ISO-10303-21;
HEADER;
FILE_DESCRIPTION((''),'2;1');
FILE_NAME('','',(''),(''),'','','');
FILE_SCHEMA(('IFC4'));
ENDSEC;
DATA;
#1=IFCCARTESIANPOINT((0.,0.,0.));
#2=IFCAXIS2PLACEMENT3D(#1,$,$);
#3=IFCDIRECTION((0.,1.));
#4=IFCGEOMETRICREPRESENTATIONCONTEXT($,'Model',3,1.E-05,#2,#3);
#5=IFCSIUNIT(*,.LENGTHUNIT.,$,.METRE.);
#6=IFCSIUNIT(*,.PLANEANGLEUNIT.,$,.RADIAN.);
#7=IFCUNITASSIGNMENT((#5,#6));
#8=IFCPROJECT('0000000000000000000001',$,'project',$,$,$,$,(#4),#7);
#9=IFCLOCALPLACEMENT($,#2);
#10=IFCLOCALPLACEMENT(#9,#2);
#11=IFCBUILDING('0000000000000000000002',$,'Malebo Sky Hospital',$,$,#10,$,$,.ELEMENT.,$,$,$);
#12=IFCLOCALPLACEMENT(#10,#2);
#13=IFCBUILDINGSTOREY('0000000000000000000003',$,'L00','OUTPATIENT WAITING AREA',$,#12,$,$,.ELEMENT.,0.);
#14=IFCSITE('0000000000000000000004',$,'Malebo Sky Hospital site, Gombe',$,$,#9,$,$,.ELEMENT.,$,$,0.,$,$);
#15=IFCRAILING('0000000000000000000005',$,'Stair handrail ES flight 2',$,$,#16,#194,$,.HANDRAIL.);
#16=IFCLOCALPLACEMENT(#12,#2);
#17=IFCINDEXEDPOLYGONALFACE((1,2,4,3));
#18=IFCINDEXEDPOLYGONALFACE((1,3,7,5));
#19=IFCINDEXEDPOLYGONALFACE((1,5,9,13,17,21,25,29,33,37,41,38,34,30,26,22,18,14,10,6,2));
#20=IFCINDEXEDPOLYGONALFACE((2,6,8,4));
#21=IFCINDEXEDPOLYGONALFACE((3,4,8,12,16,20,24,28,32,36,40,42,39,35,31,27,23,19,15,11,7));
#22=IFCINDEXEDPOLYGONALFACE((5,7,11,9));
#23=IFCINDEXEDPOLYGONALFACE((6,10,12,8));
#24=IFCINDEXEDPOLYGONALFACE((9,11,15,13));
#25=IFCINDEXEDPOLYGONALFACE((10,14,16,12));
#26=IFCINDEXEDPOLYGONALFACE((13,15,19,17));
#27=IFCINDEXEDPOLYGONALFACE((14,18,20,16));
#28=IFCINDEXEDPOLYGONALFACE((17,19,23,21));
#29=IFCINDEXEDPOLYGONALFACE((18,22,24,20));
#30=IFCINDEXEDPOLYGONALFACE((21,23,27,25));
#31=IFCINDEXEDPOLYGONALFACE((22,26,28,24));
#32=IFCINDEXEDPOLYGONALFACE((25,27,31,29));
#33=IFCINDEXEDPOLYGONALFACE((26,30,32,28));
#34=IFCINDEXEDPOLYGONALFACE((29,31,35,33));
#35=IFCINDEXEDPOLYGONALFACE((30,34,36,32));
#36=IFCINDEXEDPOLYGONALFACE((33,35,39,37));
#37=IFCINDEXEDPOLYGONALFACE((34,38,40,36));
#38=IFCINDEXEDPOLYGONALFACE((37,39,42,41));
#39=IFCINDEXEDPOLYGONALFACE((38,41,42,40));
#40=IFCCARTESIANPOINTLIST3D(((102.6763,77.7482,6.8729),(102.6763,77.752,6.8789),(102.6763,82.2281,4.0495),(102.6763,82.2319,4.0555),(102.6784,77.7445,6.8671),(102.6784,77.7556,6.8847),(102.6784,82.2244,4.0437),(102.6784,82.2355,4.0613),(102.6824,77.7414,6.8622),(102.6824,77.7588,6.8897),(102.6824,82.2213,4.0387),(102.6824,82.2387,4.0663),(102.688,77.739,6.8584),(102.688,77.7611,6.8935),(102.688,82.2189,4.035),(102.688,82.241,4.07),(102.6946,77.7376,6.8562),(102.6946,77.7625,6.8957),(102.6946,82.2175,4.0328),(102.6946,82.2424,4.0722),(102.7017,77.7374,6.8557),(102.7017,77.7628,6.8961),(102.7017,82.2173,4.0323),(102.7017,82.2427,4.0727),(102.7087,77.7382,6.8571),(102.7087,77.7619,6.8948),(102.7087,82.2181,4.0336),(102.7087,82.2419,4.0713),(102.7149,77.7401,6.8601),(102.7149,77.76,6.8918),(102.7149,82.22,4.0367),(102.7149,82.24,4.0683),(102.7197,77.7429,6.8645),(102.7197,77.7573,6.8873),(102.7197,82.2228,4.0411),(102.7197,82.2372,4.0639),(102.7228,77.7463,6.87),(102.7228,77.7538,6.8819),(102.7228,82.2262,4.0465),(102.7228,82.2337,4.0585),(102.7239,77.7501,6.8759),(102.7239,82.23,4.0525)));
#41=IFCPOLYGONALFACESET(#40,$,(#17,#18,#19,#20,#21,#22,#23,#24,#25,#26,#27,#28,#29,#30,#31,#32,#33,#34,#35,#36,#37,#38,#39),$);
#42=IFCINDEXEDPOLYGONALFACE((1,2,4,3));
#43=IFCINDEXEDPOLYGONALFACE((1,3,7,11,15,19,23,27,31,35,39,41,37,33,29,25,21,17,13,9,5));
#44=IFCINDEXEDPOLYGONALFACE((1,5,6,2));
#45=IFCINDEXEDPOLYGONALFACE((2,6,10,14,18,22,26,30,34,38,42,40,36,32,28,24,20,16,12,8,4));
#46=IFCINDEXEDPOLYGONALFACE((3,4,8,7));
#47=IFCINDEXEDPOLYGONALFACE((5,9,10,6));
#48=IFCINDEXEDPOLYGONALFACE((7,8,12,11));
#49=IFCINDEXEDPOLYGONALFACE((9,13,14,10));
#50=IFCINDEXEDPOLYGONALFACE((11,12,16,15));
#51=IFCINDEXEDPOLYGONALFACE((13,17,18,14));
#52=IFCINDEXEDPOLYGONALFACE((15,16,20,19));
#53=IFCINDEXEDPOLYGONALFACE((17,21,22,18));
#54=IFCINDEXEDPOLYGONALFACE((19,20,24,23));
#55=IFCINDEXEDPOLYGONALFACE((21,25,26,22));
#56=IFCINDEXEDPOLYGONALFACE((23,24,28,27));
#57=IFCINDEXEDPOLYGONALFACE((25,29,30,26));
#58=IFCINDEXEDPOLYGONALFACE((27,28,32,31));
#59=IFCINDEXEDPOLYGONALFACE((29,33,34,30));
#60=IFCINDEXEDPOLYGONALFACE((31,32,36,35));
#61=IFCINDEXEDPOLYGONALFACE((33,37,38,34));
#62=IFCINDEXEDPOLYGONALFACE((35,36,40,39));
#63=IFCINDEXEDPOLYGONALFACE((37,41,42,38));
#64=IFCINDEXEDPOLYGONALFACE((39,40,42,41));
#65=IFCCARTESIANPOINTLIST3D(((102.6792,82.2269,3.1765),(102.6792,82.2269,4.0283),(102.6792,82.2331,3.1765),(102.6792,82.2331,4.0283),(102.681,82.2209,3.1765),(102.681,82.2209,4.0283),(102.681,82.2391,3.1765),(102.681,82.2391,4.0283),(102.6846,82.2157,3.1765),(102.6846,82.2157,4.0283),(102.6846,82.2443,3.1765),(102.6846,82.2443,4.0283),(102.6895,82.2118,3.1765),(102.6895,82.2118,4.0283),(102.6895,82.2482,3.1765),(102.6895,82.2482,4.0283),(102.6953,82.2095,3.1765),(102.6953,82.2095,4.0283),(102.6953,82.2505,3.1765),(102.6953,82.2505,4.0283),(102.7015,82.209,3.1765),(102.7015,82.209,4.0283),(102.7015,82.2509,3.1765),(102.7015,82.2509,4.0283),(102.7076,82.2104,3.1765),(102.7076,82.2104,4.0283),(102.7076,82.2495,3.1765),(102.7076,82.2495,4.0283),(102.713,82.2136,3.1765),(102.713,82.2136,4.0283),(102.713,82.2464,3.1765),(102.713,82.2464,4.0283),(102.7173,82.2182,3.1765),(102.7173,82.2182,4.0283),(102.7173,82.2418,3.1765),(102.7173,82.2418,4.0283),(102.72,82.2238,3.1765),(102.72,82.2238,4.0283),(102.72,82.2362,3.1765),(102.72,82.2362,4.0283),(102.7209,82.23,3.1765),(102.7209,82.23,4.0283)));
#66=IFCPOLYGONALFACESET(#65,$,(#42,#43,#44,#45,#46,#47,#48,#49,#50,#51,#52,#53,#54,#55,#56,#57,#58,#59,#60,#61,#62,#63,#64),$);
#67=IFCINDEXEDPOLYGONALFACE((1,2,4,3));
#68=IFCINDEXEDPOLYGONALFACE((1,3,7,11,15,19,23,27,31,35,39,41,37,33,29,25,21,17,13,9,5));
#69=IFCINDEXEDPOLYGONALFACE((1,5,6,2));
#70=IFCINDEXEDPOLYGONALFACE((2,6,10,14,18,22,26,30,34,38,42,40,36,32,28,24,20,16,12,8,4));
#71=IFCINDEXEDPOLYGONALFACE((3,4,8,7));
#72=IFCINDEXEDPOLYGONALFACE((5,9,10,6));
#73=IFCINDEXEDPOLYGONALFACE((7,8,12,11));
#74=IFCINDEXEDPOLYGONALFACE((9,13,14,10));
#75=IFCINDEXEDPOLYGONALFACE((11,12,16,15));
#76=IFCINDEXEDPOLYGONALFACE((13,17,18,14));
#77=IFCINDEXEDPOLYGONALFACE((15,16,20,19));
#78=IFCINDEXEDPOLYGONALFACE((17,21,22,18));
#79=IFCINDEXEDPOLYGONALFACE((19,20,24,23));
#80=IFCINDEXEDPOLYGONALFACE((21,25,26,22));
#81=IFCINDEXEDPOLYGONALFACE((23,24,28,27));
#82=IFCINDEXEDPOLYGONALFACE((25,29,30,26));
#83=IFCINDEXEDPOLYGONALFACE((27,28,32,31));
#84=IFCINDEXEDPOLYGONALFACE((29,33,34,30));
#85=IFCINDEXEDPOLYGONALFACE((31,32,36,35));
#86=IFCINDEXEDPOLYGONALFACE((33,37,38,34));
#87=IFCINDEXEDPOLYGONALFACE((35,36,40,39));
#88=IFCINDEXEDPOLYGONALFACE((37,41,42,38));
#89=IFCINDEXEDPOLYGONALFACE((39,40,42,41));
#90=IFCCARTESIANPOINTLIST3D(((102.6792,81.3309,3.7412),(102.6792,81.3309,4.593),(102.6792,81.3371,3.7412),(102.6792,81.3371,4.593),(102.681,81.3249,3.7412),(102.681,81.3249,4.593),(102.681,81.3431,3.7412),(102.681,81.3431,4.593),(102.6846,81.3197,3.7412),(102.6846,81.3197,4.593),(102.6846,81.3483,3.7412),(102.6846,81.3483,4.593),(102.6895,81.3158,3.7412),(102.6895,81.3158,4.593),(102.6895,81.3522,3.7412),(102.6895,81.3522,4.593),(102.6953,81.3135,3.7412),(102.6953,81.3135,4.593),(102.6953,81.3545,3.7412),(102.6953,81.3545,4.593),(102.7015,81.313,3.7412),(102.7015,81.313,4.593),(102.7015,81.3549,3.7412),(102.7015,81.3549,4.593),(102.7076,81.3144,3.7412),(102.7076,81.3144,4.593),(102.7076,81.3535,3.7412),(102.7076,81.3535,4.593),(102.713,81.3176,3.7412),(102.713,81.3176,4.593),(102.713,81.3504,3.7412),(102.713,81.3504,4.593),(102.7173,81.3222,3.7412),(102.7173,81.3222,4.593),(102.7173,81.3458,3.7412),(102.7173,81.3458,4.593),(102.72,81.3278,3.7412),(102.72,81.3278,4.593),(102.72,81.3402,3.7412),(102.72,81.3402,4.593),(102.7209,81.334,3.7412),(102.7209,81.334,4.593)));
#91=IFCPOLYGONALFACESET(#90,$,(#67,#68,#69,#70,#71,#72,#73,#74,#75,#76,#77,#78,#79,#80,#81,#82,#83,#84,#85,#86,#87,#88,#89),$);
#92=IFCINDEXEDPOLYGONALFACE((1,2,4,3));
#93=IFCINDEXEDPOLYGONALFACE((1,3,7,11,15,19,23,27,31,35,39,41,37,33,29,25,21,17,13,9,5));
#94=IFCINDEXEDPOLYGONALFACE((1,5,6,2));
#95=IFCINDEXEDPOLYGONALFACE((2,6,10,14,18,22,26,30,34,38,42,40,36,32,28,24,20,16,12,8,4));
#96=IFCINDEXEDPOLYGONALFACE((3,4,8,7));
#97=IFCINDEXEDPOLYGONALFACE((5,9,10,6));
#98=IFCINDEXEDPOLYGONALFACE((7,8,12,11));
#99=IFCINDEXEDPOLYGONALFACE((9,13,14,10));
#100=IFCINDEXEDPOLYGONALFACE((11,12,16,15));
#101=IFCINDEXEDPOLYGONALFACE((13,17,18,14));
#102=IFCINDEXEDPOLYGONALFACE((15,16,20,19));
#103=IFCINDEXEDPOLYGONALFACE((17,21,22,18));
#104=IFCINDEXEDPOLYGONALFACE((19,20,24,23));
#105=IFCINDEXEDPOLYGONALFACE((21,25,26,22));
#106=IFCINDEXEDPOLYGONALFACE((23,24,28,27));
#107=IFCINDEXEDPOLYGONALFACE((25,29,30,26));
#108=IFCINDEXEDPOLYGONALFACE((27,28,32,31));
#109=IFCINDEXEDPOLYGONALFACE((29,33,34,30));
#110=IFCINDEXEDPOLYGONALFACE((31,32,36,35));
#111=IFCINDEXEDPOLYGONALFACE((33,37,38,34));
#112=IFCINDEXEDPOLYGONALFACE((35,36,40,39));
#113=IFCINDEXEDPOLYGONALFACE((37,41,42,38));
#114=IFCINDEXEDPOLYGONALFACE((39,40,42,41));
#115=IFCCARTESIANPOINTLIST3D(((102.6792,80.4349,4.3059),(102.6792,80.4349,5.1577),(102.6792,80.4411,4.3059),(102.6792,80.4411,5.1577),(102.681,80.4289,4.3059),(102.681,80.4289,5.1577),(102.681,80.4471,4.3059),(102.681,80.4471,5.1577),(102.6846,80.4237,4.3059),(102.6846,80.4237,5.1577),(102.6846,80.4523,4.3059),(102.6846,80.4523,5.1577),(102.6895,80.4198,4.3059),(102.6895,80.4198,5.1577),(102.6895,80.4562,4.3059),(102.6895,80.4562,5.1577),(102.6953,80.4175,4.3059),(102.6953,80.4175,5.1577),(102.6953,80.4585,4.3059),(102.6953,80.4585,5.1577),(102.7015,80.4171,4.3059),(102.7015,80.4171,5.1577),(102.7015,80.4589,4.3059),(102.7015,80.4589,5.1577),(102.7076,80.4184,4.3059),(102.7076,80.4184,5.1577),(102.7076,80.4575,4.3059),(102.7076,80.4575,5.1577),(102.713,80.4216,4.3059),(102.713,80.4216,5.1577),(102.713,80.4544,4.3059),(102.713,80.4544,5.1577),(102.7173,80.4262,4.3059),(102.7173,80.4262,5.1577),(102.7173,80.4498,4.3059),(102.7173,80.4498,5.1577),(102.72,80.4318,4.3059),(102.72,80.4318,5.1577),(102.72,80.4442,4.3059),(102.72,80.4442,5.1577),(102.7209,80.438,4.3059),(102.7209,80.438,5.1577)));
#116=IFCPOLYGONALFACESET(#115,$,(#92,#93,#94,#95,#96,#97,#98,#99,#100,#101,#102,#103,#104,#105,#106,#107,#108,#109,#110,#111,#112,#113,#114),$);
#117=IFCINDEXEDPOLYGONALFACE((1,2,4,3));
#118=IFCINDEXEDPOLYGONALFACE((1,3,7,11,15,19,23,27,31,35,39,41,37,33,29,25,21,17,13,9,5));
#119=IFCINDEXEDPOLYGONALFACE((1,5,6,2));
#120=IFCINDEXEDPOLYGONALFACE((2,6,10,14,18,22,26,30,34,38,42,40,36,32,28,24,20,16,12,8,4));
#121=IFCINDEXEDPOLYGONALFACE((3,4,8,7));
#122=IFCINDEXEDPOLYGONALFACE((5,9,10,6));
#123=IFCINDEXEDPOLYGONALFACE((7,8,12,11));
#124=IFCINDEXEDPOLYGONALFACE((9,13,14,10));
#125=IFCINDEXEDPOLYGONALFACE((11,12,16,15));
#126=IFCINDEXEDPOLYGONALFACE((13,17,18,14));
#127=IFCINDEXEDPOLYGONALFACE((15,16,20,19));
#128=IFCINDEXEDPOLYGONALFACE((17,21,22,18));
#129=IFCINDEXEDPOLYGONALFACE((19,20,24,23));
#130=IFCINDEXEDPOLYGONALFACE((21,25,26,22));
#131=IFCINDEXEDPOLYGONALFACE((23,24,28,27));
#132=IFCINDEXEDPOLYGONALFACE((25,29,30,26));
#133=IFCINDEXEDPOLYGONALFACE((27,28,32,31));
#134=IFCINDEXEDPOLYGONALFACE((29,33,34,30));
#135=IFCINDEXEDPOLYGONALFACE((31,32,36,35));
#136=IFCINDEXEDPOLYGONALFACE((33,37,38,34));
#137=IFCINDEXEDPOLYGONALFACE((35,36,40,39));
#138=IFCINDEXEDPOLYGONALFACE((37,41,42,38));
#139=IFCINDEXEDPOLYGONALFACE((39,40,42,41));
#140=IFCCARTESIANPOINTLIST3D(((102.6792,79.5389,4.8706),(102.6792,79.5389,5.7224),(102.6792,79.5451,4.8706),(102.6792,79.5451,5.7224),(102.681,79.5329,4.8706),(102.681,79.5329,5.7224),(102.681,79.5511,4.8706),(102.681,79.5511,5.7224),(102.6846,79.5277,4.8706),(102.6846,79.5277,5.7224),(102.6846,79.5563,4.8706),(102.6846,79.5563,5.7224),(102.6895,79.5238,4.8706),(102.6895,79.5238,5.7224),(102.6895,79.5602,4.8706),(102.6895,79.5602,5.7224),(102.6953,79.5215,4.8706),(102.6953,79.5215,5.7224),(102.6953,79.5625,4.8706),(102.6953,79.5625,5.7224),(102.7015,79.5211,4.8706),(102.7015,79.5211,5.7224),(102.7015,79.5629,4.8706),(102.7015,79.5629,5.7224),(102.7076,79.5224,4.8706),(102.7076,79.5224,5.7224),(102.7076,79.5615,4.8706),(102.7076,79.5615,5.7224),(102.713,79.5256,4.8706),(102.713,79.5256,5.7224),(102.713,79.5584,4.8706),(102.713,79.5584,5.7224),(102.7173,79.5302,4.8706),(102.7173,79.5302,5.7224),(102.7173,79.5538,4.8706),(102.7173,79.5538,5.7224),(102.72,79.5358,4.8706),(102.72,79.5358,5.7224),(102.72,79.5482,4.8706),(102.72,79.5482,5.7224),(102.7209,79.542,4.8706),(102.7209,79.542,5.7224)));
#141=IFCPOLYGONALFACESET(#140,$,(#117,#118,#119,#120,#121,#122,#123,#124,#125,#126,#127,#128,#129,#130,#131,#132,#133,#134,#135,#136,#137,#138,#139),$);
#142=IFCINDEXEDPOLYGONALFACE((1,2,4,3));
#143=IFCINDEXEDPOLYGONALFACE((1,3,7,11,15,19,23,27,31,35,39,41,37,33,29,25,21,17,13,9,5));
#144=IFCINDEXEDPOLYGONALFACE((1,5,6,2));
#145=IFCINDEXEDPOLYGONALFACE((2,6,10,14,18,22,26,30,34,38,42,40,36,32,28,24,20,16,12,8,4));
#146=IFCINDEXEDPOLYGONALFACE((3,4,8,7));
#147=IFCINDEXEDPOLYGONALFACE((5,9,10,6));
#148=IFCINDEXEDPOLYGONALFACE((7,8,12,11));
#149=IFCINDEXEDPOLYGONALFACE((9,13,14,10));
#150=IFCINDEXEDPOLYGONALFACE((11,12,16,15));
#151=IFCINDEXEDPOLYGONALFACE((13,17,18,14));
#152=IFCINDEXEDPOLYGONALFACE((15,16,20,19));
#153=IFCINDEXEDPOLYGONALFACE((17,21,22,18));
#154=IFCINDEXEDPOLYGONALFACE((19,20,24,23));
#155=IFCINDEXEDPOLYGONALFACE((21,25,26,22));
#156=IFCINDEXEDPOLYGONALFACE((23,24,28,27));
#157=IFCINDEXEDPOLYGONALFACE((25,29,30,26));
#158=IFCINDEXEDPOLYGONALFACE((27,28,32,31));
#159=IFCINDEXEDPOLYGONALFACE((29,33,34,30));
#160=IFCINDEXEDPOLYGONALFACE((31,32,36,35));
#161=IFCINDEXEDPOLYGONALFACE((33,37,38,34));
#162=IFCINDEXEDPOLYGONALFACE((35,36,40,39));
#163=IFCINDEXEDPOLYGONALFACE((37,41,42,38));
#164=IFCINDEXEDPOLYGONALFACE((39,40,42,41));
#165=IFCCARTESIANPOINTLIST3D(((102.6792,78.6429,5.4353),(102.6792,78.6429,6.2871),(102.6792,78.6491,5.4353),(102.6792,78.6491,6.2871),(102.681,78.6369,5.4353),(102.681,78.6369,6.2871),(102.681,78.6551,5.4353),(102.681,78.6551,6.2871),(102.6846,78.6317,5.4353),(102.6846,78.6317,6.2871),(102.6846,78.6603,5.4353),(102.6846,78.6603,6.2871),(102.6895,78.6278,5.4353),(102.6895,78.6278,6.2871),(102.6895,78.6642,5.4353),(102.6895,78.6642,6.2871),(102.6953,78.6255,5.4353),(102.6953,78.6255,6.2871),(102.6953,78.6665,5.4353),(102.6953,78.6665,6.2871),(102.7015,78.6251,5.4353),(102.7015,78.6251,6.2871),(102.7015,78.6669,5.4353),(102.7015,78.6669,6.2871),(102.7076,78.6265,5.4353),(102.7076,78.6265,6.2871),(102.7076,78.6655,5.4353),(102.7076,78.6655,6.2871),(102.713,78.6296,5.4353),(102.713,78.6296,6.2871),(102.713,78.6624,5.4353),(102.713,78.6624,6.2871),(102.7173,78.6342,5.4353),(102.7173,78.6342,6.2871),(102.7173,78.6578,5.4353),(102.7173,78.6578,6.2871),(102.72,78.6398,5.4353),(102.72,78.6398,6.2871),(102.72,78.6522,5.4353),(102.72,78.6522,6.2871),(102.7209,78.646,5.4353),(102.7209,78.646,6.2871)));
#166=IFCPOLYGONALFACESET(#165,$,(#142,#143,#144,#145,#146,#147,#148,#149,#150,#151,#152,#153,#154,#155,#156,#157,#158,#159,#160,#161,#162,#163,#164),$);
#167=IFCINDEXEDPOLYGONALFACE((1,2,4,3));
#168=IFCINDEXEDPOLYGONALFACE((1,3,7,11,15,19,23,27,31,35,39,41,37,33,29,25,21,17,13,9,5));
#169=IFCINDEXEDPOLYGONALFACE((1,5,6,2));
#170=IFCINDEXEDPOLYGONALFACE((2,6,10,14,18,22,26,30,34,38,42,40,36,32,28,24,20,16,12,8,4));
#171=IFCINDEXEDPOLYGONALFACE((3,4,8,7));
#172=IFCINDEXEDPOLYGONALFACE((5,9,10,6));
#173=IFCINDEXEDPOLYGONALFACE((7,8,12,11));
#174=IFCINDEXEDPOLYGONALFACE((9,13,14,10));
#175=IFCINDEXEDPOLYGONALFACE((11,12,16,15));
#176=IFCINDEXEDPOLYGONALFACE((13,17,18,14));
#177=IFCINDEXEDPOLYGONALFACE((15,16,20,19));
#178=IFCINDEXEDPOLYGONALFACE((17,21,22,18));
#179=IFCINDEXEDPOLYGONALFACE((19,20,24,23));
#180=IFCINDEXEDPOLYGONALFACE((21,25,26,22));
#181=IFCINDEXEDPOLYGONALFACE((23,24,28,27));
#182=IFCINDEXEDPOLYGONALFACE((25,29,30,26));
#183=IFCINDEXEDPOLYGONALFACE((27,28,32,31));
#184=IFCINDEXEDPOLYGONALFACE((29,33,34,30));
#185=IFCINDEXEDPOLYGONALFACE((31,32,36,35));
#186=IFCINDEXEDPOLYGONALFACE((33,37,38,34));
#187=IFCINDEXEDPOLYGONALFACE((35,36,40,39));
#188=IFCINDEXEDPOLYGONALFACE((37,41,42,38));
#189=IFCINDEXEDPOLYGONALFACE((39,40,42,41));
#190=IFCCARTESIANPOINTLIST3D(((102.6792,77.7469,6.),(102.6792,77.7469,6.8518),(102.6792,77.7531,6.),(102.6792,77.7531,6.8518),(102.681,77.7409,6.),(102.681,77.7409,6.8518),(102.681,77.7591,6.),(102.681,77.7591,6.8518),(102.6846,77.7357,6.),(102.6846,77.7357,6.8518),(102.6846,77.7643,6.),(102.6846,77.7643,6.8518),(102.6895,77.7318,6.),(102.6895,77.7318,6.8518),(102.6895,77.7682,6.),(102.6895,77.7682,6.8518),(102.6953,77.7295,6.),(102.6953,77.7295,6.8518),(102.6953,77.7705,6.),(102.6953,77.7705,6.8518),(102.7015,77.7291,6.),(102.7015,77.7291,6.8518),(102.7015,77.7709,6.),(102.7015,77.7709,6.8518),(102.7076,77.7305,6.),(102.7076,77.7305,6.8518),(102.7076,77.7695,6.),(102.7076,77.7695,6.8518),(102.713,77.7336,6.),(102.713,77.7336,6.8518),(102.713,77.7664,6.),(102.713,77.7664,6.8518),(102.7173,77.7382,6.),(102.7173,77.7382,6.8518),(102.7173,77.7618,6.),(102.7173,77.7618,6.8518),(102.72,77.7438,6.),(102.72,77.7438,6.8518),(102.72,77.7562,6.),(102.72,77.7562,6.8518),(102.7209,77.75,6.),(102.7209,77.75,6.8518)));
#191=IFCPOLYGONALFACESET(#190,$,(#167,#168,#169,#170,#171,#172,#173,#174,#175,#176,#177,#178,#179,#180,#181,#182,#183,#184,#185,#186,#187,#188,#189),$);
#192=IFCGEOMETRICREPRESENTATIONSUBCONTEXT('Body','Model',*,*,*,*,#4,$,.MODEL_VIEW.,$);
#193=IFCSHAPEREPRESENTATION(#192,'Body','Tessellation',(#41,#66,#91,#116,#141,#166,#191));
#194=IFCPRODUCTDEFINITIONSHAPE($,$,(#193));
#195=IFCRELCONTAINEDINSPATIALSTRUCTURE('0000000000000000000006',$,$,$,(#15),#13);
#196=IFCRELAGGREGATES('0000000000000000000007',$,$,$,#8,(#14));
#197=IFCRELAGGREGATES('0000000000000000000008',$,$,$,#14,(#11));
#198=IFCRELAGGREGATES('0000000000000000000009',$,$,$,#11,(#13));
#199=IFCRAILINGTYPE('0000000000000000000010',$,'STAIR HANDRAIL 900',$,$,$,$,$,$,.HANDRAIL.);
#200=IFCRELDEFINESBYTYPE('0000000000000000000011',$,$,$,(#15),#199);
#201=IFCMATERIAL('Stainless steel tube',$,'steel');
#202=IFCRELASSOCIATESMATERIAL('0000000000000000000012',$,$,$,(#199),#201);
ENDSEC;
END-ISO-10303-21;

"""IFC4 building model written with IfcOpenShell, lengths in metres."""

from ifc_helpers import new_model, si_unit, direction, frame, origin, origin_2d, place, context, subcontext, project, spatial, circle, extrude, material, type_object, element, save


model = new_model("IFC4")

# Units and contexts
model_context = context("Model", 3, precision=1e-05, world=origin(), true_north=direction((0.0, 1.0)))
body_context = subcontext(model_context, "Body", "Model", "MODEL_VIEW")
ifc_project = project(units=[si_unit("LENGTHUNIT", "METRE"), si_unit("PLANEANGLEUNIT", "RADIAN")], contexts=[model_context])

# Site, building, storey
site_placement = place(None, origin())
site = spatial("IfcSite", under=ifc_project, at=site_placement, Name="Malebo Sky Hospital site, Gombe", CompositionType="ELEMENT", RefElevation=0.0)
building_placement = place(site_placement, origin())
building = spatial("IfcBuilding", under=site, at=building_placement, Name="Malebo Sky Hospital", CompositionType="ELEMENT")
storey_placement = place(building_placement, origin())
storey = spatial("IfcBuildingStorey", under=building, at=storey_placement, Name="L00", Description="OUTPATIENT WAITING AREA", CompositionType="ELEMENT", Elevation=0.0)

# Railing
ifc_material_1 = material(Name="Stainless steel tube", Category="steel")
railing_type = type_object("IfcRailingType", Name="STAIR HANDRAIL 900", PredefinedType="HANDRAIL", material=ifc_material_1)
railing_1_placement = place(storey_placement, frame((102.7, 82.23, 3.1765)))
element("IfcRailing", 1, at=railing_1_placement, inside=storey, type_object=railing_type, Name="Stair handrail ES flight 2", PredefinedType="HANDRAIL", context=body_context, shape_type="SweptSolid", body=[
    extrude(circle(Radius=0.0239, at=origin_2d()), frame((0.0, 0.0, 0.876), z_axis=(0.0, -0.845998, 0.533186), x_axis=(1.0, 0.0, 0.0)), (0.0, 0.0, 1.0), 5.2954),
    extrude(circle(Radius=0.021, at=origin_2d()), origin(), (0.0, 0.0, 1.0), 0.8518),
    extrude(circle(Radius=0.021, at=origin_2d()), frame((0.0, -0.896, 0.5647)), (0.0, 0.0, 1.0), 0.8518),
    extrude(circle(Radius=0.021, at=origin_2d()), frame((0.0, -1.792, 1.1294)), (0.0, 0.0, 1.0), 0.8518),
    extrude(circle(Radius=0.021, at=origin_2d()), frame((0.0, -2.688, 1.6941)), (0.0, 0.0, 1.0), 0.8518),
    extrude(circle(Radius=0.021, at=origin_2d()), frame((0.0, -3.584, 2.2588)), (0.0, 0.0, 1.0), 0.8518),
    extrude(circle(Radius=0.021, at=origin_2d()), frame((0.0, -4.48, 2.8235)), (0.0, 0.0, 1.0), 0.8518),
])

save(model, "model.ifc")
